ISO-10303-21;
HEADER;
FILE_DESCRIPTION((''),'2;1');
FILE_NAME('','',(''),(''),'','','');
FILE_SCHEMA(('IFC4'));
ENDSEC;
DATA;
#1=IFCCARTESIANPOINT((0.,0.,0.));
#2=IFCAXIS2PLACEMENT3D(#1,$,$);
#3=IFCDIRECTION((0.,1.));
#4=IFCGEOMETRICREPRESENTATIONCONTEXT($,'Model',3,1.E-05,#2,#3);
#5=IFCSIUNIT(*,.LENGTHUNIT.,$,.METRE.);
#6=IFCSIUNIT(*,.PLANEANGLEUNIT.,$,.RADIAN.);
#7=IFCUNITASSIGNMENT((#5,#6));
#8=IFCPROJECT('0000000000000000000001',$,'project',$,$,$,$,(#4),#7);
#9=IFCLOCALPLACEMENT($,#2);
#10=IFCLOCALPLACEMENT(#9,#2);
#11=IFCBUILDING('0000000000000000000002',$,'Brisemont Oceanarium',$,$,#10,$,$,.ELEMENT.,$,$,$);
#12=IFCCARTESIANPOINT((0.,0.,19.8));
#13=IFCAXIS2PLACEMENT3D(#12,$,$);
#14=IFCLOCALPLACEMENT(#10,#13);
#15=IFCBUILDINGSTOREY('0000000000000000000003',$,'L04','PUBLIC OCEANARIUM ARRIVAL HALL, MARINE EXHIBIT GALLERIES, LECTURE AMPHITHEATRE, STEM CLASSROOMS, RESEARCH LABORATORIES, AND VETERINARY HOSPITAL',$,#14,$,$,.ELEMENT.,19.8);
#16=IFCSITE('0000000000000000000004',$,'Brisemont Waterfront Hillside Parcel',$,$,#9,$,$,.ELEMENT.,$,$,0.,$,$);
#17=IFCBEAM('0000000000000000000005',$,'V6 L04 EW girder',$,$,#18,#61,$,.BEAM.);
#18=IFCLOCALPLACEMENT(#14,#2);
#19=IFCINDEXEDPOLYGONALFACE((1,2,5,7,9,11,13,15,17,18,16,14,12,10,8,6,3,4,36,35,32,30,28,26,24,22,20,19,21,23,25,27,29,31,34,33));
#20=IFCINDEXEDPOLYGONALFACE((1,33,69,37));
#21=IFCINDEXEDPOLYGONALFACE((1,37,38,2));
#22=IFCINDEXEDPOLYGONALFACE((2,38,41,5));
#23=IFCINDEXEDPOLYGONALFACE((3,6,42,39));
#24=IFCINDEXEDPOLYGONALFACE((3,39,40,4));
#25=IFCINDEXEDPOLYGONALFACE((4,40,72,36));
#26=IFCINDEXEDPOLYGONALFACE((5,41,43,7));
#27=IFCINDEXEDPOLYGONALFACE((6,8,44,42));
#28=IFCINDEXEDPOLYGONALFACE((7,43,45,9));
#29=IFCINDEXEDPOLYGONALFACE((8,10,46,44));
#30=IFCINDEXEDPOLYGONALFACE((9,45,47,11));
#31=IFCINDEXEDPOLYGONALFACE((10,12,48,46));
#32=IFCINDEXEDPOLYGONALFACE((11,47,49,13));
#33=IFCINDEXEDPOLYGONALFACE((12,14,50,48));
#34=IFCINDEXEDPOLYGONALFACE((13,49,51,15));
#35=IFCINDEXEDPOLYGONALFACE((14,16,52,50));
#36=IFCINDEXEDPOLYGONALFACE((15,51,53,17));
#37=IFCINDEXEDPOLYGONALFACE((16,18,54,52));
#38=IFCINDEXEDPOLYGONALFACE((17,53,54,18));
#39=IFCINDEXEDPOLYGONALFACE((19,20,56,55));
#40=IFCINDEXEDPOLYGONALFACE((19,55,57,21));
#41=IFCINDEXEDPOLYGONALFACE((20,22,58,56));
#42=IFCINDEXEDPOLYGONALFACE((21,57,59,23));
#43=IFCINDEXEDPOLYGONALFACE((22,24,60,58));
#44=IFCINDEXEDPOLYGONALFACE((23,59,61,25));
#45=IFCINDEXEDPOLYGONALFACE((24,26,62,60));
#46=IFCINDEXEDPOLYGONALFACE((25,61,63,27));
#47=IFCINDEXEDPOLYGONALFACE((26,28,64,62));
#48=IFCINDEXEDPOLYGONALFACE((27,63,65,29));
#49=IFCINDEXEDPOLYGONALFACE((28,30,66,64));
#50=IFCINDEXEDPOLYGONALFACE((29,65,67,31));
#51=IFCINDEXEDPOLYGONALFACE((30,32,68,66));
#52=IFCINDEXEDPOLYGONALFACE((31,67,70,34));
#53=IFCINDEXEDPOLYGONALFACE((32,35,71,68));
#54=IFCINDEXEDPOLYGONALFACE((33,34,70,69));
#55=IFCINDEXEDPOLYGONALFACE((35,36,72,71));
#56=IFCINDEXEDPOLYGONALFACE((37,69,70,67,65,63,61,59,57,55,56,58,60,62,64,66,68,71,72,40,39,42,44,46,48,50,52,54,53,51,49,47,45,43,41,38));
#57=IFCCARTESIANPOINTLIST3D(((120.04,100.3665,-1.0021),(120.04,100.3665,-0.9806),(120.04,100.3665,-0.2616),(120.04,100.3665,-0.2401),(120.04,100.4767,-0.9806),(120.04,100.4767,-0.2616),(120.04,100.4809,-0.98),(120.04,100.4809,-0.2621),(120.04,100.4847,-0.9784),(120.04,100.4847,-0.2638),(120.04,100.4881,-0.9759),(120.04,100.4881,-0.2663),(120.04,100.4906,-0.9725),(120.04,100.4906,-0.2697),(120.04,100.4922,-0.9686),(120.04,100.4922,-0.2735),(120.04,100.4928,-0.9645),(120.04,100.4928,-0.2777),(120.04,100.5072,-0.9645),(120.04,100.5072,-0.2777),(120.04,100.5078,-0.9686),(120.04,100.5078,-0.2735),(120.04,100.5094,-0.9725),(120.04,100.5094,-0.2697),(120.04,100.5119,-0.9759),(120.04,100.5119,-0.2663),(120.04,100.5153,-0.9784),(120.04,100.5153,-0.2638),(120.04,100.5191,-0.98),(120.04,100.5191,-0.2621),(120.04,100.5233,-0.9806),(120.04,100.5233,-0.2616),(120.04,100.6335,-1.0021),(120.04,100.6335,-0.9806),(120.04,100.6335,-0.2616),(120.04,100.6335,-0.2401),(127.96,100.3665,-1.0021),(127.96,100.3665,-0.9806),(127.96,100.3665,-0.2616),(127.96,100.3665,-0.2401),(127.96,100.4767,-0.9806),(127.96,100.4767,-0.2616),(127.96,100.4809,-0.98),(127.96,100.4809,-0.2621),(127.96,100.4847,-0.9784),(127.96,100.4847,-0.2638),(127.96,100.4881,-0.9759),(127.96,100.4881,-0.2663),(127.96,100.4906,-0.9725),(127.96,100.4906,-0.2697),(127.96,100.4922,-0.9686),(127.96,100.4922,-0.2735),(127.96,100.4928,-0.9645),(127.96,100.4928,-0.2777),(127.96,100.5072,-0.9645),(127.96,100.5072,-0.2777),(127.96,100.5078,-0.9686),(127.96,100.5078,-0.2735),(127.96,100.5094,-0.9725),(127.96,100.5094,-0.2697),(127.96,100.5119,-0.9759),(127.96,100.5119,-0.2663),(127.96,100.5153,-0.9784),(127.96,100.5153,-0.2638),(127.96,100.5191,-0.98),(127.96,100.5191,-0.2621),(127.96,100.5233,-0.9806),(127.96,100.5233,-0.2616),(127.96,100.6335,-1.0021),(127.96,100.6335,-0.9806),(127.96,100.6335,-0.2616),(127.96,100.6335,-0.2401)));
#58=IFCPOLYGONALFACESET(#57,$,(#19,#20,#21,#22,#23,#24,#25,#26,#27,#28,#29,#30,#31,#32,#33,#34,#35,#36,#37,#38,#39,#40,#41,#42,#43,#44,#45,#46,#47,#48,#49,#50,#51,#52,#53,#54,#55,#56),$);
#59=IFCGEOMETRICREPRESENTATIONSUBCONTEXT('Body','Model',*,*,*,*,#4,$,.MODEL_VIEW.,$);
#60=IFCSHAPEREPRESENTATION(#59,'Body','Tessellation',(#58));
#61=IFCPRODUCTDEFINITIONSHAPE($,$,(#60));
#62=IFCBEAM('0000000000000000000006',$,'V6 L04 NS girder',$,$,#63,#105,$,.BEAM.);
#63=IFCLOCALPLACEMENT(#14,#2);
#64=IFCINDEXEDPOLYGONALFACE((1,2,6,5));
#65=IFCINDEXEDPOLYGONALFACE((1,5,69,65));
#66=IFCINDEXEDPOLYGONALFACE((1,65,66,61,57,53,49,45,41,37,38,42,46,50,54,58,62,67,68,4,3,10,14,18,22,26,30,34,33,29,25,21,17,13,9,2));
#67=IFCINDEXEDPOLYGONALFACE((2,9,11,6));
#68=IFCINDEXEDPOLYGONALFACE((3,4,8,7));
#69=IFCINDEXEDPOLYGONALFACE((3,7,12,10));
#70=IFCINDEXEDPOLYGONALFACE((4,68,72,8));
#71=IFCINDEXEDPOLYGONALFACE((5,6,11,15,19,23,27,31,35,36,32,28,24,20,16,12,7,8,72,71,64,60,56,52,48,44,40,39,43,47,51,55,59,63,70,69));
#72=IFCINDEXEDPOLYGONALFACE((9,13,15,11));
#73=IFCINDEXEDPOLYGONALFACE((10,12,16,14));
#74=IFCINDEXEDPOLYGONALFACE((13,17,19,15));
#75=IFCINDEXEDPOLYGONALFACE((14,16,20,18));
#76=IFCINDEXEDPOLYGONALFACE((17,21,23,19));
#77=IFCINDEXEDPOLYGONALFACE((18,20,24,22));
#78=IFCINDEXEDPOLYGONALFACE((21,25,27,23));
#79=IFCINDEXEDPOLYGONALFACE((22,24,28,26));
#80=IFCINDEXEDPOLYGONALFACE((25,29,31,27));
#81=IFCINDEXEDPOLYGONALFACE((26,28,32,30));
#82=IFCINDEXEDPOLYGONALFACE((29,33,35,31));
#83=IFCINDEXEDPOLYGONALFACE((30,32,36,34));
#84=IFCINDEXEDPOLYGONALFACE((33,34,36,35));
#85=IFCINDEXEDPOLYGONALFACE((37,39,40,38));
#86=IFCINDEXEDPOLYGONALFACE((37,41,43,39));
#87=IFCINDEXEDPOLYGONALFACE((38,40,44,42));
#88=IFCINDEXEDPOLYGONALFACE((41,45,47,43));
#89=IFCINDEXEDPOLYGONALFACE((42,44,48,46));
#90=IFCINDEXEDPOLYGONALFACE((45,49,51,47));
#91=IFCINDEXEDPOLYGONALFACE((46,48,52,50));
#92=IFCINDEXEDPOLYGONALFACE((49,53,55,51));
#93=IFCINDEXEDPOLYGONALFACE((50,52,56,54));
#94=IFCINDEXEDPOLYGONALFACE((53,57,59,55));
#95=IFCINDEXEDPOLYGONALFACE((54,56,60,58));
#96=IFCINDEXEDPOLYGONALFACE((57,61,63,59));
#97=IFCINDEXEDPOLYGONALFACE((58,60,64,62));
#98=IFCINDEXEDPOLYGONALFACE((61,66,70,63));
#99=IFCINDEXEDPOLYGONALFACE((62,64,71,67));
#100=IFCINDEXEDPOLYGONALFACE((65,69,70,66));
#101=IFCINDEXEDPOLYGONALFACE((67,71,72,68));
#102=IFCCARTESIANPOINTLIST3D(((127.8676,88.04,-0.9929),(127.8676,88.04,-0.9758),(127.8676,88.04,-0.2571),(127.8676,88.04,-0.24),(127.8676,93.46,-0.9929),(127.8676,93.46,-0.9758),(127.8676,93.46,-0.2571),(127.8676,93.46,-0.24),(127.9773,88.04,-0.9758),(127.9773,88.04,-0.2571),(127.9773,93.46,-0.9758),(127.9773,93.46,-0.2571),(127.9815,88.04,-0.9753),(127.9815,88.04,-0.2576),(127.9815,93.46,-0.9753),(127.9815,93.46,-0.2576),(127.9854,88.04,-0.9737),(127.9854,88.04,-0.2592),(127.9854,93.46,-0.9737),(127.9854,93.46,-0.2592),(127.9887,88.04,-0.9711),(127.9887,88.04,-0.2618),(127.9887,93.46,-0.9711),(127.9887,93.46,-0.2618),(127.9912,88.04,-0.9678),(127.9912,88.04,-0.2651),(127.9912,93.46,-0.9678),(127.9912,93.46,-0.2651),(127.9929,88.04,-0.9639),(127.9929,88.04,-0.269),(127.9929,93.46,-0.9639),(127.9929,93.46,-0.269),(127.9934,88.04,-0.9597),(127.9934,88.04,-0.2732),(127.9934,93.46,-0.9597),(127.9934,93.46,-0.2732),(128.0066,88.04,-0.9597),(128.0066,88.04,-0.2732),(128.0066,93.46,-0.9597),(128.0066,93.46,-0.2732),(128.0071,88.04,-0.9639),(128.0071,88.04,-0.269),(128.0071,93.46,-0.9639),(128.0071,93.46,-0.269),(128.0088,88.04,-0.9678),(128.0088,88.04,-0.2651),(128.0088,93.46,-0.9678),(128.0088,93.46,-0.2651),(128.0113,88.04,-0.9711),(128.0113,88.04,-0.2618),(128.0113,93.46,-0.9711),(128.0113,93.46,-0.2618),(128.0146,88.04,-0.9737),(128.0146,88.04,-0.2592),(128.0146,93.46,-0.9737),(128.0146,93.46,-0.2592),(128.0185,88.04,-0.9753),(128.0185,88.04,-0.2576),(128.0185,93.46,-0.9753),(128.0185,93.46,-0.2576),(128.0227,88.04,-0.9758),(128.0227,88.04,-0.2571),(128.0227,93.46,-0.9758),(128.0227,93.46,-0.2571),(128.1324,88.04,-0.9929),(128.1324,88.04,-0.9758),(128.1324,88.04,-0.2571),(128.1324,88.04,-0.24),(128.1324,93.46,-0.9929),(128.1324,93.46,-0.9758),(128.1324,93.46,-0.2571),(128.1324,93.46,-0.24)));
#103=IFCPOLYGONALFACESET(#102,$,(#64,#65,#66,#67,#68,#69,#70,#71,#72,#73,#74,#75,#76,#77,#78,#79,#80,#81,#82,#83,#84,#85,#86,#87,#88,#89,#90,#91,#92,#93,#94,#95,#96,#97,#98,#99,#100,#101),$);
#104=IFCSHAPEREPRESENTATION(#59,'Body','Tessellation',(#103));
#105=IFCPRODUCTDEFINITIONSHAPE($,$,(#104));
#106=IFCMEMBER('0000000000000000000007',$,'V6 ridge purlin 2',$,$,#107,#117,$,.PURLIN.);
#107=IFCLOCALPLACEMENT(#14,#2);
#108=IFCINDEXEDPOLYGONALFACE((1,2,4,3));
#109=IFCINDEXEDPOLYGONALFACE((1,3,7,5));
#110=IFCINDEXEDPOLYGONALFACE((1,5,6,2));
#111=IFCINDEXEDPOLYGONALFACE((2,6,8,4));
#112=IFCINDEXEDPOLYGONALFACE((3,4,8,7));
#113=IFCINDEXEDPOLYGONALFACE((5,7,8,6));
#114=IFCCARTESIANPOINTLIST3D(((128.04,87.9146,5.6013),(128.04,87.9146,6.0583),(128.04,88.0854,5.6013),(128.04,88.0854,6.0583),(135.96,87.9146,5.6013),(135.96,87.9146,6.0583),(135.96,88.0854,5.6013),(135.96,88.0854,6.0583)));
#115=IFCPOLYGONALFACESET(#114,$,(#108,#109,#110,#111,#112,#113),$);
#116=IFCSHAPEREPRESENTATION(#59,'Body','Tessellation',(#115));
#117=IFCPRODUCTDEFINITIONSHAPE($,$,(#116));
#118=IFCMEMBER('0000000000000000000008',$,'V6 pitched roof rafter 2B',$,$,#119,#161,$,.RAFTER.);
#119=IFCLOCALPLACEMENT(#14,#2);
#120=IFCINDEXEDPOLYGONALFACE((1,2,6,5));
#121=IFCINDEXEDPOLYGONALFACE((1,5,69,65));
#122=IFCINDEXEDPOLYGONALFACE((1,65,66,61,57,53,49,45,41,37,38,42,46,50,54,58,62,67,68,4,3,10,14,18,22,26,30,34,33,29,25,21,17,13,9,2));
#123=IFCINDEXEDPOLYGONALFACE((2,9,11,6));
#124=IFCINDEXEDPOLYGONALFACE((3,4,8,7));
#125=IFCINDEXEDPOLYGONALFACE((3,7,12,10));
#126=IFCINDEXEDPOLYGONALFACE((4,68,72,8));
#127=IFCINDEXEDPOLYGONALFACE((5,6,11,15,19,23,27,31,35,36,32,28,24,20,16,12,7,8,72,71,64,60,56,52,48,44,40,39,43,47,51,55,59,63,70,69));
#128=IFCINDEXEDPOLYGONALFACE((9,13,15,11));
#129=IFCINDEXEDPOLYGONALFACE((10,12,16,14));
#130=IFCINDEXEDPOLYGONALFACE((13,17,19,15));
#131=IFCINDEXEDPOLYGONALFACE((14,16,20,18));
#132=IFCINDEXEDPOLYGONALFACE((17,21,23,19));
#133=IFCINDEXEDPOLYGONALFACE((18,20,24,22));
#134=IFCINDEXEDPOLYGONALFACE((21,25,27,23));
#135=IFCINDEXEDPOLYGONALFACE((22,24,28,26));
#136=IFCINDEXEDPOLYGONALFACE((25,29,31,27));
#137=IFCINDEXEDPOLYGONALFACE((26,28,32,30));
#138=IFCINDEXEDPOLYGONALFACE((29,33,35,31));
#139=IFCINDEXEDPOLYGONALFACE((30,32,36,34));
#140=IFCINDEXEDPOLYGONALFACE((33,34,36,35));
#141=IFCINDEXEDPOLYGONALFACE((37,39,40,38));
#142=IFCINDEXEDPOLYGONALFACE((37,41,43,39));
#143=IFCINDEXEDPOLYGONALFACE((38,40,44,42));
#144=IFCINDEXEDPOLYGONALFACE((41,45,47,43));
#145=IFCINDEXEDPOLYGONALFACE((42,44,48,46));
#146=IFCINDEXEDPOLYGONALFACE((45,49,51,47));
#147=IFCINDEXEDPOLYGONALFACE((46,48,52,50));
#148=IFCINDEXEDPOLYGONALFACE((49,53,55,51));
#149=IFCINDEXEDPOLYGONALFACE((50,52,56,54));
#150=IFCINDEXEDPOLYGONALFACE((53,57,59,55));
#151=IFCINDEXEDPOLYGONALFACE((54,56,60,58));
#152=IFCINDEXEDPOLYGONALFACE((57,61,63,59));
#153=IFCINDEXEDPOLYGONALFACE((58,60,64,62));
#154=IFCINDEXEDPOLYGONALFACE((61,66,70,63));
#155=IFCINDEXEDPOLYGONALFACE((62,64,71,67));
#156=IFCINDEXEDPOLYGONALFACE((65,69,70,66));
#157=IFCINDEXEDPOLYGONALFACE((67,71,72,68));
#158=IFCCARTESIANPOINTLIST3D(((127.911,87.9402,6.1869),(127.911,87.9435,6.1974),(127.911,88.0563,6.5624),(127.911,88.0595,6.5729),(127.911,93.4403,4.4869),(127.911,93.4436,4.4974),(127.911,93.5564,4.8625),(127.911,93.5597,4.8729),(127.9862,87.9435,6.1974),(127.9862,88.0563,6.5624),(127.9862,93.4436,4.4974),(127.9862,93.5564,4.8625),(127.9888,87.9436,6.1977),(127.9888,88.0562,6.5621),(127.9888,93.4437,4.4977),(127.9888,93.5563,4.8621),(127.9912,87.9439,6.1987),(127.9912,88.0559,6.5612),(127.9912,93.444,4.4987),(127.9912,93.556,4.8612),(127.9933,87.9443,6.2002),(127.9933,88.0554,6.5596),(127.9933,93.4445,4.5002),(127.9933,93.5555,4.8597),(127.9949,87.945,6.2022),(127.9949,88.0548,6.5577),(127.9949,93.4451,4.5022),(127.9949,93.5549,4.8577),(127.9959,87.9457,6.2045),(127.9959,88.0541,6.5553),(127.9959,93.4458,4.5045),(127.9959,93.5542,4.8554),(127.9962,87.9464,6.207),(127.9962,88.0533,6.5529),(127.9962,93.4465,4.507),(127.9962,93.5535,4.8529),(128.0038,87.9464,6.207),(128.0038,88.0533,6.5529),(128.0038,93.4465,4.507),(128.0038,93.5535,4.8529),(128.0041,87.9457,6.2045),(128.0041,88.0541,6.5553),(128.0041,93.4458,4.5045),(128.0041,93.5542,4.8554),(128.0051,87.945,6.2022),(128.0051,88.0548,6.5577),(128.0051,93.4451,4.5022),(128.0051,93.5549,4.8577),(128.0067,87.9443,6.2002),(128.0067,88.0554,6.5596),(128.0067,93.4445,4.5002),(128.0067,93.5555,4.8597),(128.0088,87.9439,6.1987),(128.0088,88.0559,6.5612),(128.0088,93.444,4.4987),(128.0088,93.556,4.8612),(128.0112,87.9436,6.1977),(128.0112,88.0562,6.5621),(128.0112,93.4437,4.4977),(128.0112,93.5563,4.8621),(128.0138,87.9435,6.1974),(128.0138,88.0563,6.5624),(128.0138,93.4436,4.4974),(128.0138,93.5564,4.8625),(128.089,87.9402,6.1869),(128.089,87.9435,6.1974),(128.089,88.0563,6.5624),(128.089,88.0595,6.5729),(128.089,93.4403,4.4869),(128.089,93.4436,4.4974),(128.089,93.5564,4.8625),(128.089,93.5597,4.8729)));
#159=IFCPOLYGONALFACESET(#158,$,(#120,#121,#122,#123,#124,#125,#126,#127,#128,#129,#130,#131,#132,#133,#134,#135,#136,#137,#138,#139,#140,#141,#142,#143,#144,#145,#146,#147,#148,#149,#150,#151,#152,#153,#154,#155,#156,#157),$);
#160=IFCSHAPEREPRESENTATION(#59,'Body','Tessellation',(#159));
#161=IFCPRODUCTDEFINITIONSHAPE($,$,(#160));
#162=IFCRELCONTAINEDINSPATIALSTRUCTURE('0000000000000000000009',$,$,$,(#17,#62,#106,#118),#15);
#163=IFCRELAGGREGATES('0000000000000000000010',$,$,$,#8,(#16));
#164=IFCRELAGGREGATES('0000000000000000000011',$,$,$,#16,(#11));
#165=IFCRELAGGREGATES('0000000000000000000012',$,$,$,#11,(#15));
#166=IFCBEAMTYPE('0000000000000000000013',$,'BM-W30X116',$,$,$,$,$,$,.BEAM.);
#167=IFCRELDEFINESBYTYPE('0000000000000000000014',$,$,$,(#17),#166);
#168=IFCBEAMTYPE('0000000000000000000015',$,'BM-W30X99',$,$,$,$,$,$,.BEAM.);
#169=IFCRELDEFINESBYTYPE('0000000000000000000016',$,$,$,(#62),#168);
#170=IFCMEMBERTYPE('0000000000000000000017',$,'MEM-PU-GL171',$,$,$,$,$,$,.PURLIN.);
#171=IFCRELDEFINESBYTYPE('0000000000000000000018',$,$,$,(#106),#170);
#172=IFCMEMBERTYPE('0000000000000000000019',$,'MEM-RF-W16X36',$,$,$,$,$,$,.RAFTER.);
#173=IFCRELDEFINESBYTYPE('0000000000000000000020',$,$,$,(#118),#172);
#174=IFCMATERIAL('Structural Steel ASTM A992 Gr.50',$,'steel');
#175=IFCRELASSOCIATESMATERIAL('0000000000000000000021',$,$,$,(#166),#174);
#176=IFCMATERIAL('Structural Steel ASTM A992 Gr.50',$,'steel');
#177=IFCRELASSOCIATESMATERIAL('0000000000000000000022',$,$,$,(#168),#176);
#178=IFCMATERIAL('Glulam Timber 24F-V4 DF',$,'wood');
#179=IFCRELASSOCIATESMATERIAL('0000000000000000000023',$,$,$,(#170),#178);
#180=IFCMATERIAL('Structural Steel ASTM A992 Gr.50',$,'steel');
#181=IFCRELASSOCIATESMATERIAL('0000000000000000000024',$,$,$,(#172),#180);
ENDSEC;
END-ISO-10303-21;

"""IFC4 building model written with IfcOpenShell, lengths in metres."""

from ifc_helpers import new_model, si_unit, direction, frame, origin, origin_2d, place, context, subcontext, project, spatial, rectangle, i_section, extrude, material, material_profile, profile_set, type_object, element, save


model = new_model("IFC4")

# Units and contexts
model_context = context("Model", 3, precision=1e-05, world=origin(), true_north=direction((0.0, 1.0)))
body_context = subcontext(model_context, "Body", "Model", "MODEL_VIEW")
ifc_project = project(units=[si_unit("LENGTHUNIT", "METRE"), si_unit("PLANEANGLEUNIT", "RADIAN")], contexts=[model_context])

# Site, building, storey
site_placement = place(None, origin())
site = spatial("IfcSite", under=ifc_project, at=site_placement, Name="Brisemont Waterfront Hillside Parcel", CompositionType="ELEMENT", RefElevation=0.0)
building_placement = place(site_placement, origin())
building = spatial("IfcBuilding", under=site, at=building_placement, Name="Brisemont Oceanarium", CompositionType="ELEMENT")
storey_placement = place(building_placement, frame((0.0, 0.0, 19.8)))
storey = spatial("IfcBuildingStorey", under=building, at=storey_placement, Name="L04", Description="PUBLIC OCEANARIUM ARRIVAL HALL, MARINE EXHIBIT GALLERIES, LECTURE AMPHITHEATRE, STEM CLASSROOMS, RESEARCH LABORATORIES, AND VETERINARY HOSPITAL", CompositionType="ELEMENT", Elevation=19.8)

# Beams
ifc_material_1 = material(Name="Structural Steel ASTM A992 Gr.50", Category="steel")
ifc_material_profile_1 = material_profile(ifc_material_1, i_section(OverallWidth=0.2671, OverallDepth=0.762, WebThickness=0.0144, FlangeThickness=0.0215, FilletRadius=0.0161, at=origin_2d()), Name="W30X116")
ifc_profile_set_1 = profile_set([ifc_material_profile_1], Name="Structural Steel ASTM A992 Gr.50")
beam_type_1 = type_object("IfcBeamType", Name="BM-W30X116", PredefinedType="BEAM", material=ifc_profile_set_1)
for number, where, z_axis, x_axis, name in (
    (1, (120.04, 100.5, -0.6211), (1.0, 0.0, 0.0), (0.0, 1.0, 0.0), "V6 L04 EW girder"),
):
    element("IfcBeam", number, at=place(storey_placement, frame(where, z_axis=z_axis, x_axis=x_axis)), inside=storey, type_object=beam_type_1, Name=name, PredefinedType="BEAM", context=body_context, shape_type="SweptSolid", body=[
        extrude(i_section(OverallWidth=0.2671, OverallDepth=0.762, WebThickness=0.0144, FlangeThickness=0.0215, FilletRadius=0.0161, at=origin_2d()), origin(), (0.0, 0.0, 1.0), 7.9199),
    ])
ifc_material_2 = material(Name="Structural Steel ASTM A992 Gr.50", Category="steel")
ifc_material_profile_2 = material_profile(ifc_material_2, i_section(OverallWidth=0.2649, OverallDepth=0.7529, WebThickness=0.0132, FlangeThickness=0.0171, FilletRadius=0.0161, at=origin_2d()), Name="W30X99")
ifc_profile_set_2 = profile_set([ifc_material_profile_2], Name="Structural Steel ASTM A992 Gr.50")
beam_type_2 = type_object("IfcBeamType", Name="BM-W30X99", PredefinedType="BEAM", material=ifc_profile_set_2)
beam_1_placement = place(storey_placement, frame((128.0, 88.04, -0.6165), z_axis=(0.0, 1.0, 0.0), x_axis=(-1.0, 0.0, 0.0)))
element("IfcBeam", 2, at=beam_1_placement, inside=storey, type_object=beam_type_2, Name="V6 L04 NS girder", PredefinedType="BEAM", context=body_context, shape_type="SweptSolid", body=[
    extrude(i_section(OverallWidth=0.2649, OverallDepth=0.7529, WebThickness=0.0132, FlangeThickness=0.0171, FilletRadius=0.0161, at=origin_2d()), origin(), (0.0, 0.0, 1.0), 5.4199),
])

# Members
ifc_material_3 = material(Name="Glulam Timber 24F-V4 DF", Category="wood")
ifc_material_profile_3 = material_profile(ifc_material_3, rectangle(XDim=0.1709, YDim=0.457, at=origin_2d()), Name="GL-171X457")
ifc_profile_set_3 = profile_set([ifc_material_profile_3], Name="Glulam Timber 24F-V4 DF")
member_type_1 = type_object("IfcMemberType", Name="MEM-PU-GL171", PredefinedType="PURLIN", material=ifc_profile_set_3)
member_placement = place(storey_placement, frame((128.04, 88.0, 5.8298), z_axis=(1.0, 0.0, 0.0), x_axis=(0.0, 1.0, 0.0)))
element("IfcMember", 3, at=member_placement, inside=storey, type_object=member_type_1, Name="V6 ridge purlin 2", PredefinedType="PURLIN", context=body_context, shape_type="SweptSolid", body=[
    extrude(rectangle(XDim=0.1709, YDim=0.457, at=origin_2d()), origin(), (0.0, 0.0, 1.0), 7.9199),
])
ifc_material_4 = material(Name="Structural Steel ASTM A992 Gr.50", Category="steel")
ifc_material_profile_4 = material_profile(ifc_material_4, i_section(OverallWidth=0.178, OverallDepth=0.4041, WebThickness=0.0076, FlangeThickness=0.011, FilletRadius=0.01, at=origin_2d()), Name="W16X36")
ifc_profile_set_4 = profile_set([ifc_material_profile_4], Name="Structural Steel ASTM A992 Gr.50")
member_type_2 = type_object("IfcMemberType", Name="MEM-RF-W16X36", PredefinedType="RAFTER", material=ifc_profile_set_4)
for number, where, z_axis, x_axis, name in (
    (4, (128.0, 93.5, 4.6799), (0.0, -0.955405, 0.295299), (1.0, 0.0, 0.0), "V6 pitched roof rafter 2B"),
):
    element("IfcMember", number, at=place(storey_placement, frame(where, z_axis=z_axis, x_axis=x_axis)), inside=storey, type_object=member_type_2, Name=name, PredefinedType="RAFTER", context=body_context, shape_type="SweptSolid", body=[
        extrude(i_section(OverallWidth=0.178, OverallDepth=0.4041, WebThickness=0.0076, FlangeThickness=0.011, FilletRadius=0.01, at=origin_2d()), origin(), (0.0, 0.0, 1.0), 5.7568),
    ])

save(model, "model.ifc")
